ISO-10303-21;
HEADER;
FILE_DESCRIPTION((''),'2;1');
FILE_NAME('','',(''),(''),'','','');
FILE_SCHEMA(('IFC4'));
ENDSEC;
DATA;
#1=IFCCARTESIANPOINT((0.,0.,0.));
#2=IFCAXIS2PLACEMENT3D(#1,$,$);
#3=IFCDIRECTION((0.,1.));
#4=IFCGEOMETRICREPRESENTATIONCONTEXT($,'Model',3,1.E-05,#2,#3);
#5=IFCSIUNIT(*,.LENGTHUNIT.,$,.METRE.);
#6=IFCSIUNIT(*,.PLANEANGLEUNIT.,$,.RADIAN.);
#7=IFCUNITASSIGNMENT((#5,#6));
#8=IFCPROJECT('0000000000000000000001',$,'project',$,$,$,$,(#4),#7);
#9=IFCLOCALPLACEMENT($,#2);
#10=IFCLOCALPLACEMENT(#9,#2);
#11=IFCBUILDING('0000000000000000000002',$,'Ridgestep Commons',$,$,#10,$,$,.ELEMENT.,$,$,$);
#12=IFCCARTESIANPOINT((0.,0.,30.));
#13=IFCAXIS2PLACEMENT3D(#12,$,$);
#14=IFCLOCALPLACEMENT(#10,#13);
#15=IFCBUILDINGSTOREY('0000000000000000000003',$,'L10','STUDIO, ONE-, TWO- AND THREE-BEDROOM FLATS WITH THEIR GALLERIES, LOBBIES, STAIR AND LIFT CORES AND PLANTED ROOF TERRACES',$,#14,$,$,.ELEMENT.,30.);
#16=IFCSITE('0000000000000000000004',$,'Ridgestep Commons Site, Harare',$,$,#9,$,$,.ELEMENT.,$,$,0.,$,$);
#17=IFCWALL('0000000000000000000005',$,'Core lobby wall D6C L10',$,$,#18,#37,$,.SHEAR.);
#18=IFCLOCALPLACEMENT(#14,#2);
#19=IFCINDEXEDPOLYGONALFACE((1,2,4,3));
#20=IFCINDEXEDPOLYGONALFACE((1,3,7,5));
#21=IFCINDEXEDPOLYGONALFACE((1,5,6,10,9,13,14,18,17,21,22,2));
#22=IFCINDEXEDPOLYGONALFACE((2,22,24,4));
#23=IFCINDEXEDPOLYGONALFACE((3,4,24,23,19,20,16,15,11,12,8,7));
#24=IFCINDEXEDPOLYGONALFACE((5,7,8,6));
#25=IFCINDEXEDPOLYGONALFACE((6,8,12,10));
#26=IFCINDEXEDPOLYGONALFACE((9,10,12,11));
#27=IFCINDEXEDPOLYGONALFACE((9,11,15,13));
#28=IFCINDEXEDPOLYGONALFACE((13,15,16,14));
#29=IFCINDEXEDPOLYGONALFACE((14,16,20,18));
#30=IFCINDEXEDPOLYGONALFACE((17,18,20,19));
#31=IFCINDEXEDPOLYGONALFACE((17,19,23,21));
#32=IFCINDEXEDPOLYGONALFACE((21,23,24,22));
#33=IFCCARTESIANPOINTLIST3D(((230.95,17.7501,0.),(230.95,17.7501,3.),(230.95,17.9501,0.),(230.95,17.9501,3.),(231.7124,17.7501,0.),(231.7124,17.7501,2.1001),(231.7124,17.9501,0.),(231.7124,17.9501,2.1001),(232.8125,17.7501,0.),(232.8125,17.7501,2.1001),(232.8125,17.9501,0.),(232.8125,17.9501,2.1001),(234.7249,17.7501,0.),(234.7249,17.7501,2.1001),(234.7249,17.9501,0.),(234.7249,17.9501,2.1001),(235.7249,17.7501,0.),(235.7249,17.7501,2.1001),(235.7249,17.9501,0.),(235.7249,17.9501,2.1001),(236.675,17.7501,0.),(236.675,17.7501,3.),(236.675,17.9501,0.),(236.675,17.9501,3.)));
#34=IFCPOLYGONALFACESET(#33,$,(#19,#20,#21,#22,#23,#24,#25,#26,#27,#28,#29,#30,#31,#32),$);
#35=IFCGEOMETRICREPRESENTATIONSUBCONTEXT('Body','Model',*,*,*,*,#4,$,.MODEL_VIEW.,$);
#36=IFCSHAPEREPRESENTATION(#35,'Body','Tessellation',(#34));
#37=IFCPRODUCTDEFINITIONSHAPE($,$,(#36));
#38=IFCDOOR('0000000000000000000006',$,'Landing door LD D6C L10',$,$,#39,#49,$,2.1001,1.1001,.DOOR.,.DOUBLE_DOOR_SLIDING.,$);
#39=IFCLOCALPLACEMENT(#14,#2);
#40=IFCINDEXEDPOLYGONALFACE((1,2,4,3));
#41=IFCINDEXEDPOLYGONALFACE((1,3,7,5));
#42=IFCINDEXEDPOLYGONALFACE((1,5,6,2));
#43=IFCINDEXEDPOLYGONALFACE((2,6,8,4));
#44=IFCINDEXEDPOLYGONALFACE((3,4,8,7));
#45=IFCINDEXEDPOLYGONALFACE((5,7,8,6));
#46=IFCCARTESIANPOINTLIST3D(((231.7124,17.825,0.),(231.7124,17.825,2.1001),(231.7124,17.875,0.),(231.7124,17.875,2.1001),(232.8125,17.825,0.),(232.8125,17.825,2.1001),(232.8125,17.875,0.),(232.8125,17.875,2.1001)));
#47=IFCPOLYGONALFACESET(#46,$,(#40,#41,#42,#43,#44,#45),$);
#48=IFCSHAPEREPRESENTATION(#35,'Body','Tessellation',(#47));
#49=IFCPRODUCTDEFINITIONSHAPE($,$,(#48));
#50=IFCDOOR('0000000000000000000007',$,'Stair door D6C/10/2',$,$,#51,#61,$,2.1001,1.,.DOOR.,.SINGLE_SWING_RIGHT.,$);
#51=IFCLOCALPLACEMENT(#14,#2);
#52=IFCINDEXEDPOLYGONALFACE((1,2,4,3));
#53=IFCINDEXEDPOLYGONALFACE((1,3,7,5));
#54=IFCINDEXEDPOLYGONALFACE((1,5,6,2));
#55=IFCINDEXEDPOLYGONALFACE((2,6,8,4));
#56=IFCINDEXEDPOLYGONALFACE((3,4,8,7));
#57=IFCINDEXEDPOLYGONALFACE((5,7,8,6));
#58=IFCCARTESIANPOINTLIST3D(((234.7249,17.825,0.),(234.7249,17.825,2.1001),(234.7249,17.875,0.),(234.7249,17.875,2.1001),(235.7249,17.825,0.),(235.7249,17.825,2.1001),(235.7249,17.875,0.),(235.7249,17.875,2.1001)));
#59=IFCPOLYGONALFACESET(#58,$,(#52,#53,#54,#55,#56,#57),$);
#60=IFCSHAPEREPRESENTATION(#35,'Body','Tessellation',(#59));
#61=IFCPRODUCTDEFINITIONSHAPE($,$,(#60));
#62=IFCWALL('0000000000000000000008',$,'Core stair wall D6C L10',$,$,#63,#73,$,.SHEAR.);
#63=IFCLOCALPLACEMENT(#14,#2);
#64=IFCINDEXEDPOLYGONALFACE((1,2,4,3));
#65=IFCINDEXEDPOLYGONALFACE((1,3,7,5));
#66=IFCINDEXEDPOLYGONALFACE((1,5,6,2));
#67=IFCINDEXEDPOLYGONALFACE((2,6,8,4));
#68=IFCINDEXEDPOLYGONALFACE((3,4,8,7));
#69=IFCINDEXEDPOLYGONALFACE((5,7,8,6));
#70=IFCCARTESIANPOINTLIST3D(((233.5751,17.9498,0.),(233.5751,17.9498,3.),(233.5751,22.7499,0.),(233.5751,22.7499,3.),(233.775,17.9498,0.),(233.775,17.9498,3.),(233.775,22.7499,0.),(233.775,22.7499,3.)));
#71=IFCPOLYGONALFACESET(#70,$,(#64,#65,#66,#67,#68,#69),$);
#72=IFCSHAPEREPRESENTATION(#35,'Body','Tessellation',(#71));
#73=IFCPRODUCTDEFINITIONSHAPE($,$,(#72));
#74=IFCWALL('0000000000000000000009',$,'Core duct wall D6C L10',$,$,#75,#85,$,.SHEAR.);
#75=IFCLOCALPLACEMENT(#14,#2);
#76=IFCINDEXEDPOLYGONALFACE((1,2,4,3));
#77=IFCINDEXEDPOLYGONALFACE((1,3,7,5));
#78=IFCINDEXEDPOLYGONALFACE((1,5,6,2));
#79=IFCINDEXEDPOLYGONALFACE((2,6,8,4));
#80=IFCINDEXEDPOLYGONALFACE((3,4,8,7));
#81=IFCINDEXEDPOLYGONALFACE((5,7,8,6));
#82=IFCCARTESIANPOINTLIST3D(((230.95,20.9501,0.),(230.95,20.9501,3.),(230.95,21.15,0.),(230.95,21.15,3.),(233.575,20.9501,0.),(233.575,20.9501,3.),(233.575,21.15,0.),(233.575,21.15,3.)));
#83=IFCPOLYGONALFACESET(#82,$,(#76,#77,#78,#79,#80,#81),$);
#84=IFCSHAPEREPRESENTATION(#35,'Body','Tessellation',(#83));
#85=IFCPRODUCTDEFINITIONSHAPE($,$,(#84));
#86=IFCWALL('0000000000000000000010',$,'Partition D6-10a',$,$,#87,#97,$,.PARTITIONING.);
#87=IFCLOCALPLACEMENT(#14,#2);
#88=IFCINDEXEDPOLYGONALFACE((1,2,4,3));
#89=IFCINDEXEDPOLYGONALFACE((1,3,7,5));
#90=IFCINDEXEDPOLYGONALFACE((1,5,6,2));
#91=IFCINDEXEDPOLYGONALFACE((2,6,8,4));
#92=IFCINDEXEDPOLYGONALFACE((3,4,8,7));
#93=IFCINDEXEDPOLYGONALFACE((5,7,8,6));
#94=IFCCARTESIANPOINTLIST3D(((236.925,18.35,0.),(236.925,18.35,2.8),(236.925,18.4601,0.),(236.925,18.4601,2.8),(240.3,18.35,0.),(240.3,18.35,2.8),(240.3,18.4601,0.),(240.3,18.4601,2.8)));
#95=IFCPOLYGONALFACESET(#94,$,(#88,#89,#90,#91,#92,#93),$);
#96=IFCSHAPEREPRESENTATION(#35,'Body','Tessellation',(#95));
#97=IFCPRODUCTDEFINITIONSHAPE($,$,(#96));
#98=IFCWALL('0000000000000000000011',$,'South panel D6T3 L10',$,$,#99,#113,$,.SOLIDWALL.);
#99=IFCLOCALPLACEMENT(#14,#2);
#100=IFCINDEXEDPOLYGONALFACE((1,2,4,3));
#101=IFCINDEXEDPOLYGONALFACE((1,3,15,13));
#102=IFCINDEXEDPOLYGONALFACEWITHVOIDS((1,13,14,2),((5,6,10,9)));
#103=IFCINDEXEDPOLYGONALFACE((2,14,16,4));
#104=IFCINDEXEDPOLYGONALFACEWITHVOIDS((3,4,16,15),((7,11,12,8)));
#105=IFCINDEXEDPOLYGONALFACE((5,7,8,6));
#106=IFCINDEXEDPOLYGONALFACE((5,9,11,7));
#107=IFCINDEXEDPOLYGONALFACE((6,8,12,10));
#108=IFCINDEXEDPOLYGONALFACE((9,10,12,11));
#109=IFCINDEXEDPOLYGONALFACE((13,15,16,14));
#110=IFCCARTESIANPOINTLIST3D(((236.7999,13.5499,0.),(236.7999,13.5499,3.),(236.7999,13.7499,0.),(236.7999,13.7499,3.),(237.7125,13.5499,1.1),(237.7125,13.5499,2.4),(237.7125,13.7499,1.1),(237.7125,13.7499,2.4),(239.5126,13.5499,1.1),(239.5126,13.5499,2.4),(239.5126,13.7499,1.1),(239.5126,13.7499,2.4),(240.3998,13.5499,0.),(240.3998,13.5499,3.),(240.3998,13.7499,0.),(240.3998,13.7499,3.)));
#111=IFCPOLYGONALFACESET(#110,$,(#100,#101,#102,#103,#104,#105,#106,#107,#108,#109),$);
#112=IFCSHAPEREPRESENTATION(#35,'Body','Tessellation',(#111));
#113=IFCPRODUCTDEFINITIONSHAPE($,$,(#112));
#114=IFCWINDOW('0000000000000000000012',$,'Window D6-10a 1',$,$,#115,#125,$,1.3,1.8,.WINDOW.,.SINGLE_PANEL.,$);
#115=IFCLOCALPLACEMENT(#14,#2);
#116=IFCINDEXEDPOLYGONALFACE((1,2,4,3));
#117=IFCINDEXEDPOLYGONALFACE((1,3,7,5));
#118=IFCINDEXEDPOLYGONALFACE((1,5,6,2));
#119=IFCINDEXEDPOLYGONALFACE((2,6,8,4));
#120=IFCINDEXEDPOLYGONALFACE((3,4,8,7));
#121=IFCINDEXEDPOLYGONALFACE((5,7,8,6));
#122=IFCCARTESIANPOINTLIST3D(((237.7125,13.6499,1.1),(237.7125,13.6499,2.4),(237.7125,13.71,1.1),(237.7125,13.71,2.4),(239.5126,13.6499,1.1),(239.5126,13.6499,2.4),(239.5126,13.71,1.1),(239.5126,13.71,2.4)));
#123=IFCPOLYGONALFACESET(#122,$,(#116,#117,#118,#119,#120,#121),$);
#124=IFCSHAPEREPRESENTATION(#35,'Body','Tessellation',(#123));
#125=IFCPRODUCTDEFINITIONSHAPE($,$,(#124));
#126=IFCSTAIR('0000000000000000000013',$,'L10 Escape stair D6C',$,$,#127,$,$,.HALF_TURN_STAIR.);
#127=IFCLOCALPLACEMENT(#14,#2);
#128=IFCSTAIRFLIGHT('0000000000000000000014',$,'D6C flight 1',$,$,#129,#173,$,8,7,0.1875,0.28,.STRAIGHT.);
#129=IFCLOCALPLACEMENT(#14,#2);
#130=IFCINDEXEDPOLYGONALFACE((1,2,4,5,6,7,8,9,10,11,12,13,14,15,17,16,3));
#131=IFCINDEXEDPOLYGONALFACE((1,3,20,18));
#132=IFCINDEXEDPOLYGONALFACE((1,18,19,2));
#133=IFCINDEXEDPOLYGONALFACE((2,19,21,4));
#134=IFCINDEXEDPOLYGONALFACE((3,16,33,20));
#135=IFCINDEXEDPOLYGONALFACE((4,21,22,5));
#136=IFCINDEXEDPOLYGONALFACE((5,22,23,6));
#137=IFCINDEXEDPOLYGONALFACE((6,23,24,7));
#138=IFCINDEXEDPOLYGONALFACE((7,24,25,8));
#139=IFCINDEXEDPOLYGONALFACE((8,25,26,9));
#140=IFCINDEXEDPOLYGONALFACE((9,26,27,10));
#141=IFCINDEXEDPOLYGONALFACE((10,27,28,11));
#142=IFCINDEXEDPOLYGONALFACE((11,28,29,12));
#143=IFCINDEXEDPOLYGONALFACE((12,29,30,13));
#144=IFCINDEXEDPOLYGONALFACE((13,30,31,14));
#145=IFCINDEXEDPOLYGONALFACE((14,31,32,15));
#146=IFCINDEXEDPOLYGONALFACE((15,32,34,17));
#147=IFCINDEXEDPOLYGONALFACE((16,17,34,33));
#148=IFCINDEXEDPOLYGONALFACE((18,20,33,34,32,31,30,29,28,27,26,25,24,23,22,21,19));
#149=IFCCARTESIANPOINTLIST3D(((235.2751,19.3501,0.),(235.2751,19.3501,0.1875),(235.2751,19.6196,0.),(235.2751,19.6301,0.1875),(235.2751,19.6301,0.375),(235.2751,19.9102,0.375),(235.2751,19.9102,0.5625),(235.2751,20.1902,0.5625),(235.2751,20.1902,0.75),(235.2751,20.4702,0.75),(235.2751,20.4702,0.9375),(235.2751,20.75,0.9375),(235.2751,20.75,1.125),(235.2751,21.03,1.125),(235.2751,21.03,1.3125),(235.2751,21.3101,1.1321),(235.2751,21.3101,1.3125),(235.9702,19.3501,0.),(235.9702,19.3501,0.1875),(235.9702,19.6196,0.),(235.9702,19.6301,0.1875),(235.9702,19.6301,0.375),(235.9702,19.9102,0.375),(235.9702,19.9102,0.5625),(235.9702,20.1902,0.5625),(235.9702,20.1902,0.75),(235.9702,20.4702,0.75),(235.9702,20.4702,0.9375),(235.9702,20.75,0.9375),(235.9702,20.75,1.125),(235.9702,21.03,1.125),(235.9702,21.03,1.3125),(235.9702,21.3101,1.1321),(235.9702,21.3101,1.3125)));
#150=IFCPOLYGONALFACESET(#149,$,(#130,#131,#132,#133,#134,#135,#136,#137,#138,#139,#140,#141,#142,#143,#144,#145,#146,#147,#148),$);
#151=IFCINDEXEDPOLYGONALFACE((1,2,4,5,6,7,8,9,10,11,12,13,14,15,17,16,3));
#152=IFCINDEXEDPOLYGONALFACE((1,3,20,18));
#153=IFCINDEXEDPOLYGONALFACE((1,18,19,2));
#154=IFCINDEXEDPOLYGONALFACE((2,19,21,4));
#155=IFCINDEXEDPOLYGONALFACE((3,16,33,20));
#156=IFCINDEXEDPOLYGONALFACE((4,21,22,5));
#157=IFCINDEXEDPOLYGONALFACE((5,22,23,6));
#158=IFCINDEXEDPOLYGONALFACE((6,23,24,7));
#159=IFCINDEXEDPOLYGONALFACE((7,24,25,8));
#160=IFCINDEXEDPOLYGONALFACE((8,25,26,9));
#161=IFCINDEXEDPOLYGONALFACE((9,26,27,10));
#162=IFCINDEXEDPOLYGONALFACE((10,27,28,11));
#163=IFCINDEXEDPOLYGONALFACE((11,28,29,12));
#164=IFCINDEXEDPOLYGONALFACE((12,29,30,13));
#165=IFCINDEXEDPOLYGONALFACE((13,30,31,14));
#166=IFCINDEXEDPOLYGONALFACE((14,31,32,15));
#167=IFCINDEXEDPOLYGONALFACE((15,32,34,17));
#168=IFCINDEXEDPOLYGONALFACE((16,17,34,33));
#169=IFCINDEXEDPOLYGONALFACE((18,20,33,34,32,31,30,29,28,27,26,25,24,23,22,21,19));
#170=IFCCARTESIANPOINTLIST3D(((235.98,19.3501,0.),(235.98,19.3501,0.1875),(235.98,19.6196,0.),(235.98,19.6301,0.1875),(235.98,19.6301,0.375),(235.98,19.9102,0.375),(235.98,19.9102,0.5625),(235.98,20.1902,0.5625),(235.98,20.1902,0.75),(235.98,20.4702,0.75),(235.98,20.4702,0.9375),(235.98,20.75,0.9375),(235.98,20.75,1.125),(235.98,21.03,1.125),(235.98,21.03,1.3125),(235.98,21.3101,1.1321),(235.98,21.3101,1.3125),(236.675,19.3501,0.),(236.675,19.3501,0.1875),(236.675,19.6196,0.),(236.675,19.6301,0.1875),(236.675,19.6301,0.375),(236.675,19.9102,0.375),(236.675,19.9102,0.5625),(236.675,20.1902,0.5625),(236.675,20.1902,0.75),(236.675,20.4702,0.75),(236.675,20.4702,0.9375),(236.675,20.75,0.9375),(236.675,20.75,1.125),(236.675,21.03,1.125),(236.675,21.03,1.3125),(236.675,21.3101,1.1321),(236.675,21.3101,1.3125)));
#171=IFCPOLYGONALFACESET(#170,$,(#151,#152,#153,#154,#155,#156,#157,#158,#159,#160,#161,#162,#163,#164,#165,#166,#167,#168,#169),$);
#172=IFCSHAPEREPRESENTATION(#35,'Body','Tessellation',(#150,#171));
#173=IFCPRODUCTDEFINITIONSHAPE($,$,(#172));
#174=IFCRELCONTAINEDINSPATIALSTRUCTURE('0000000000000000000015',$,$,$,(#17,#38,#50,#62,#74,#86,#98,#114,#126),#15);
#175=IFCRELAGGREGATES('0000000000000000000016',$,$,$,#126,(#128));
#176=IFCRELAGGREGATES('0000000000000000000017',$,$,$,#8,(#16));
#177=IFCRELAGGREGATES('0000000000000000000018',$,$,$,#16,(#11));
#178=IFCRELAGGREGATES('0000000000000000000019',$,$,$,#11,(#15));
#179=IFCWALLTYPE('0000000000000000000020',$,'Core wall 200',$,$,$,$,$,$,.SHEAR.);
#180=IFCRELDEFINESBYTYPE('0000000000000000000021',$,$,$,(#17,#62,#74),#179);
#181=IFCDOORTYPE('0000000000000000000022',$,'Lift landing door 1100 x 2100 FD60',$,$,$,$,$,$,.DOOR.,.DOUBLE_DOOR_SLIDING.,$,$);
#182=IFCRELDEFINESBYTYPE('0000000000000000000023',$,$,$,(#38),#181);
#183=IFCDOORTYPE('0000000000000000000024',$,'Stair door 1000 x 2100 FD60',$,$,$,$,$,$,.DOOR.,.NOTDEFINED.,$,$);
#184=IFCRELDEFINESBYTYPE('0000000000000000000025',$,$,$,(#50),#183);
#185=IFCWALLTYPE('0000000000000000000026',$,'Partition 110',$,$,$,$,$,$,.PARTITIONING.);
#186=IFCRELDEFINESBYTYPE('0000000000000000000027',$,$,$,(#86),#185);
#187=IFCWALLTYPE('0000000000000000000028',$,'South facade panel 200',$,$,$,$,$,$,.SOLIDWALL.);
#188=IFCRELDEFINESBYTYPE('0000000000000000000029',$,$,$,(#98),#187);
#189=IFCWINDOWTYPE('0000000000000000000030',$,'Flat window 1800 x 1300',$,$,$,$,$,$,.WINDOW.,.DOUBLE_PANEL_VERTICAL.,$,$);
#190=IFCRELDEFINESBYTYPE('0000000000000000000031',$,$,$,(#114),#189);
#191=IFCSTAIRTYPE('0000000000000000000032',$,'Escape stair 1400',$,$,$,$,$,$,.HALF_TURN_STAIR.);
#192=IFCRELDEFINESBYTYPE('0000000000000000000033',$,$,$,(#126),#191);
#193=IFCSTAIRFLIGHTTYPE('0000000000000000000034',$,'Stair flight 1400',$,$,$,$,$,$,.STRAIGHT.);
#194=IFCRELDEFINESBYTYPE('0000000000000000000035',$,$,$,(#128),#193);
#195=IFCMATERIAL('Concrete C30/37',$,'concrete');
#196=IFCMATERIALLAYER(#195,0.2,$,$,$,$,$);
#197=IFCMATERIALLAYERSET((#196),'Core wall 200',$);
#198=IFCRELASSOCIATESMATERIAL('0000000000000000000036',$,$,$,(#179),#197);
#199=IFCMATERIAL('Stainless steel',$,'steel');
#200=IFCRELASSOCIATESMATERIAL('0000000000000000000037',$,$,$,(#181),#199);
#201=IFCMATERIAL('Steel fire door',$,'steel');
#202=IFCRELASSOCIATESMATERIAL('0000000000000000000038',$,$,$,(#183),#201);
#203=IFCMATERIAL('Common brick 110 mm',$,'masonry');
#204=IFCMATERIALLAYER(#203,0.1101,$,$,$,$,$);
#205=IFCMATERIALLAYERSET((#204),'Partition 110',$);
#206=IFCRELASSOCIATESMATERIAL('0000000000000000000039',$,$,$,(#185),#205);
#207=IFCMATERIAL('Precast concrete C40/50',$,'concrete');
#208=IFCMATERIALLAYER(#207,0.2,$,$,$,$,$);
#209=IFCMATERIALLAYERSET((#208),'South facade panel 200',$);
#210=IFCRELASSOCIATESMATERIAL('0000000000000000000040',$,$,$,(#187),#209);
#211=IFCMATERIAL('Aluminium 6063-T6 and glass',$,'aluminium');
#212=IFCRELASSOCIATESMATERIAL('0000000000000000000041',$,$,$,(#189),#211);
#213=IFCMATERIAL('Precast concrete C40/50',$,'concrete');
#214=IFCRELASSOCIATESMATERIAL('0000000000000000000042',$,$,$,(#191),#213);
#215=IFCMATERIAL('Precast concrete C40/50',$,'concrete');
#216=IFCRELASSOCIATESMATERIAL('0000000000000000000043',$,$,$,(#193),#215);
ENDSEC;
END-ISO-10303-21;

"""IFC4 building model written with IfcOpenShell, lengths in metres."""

from ifc_helpers import new_model, si_unit, direction, frame, frame_2d, origin, place, context, subcontext, project, spatial, polyline, rectangle, outline, extrude, material, layer, layer_set, type_object, element, fill, aggregate, save


model = new_model("IFC4")

# Units and contexts
model_context = context("Model", 3, precision=1e-05, world=origin(), true_north=direction((0.0, 1.0)))
body_context = subcontext(model_context, "Body", "Model", "MODEL_VIEW")
ifc_project = project(units=[si_unit("LENGTHUNIT", "METRE"), si_unit("PLANEANGLEUNIT", "RADIAN")], contexts=[model_context])

# Site, building, storey
site_placement = place(None, origin())
site = spatial("IfcSite", under=ifc_project, at=site_placement, Name="Ridgestep Commons Site, Harare", CompositionType="ELEMENT", RefElevation=0.0)
building_placement = place(site_placement, origin())
building = spatial("IfcBuilding", under=site, at=building_placement, Name="Ridgestep Commons", CompositionType="ELEMENT")
storey_placement = place(building_placement, frame((0.0, 0.0, 30.0)))
storey = spatial("IfcBuildingStorey", under=building, at=storey_placement, Name="L10", Description="STUDIO, ONE-, TWO- AND THREE-BEDROOM FLATS WITH THEIR GALLERIES, LOBBIES, STAIR AND LIFT CORES AND PLANTED ROOF TERRACES", CompositionType="ELEMENT", Elevation=30.0)

# Wall, openings, doors
ifc_material_1 = material(Name="Concrete C30/37", Category="concrete")
ifc_layer_1 = layer(ifc_material_1, 0.2)
ifc_layer_set_1 = layer_set([ifc_layer_1], Name="Core wall 200")
wall_type_1 = type_object("IfcWallType", Name="Core wall 200", PredefinedType="SHEAR", material=ifc_layer_set_1)
wall_1_placement = place(storey_placement, frame((230.95, 17.8501, 0.0), z_axis=(0.0, 0.0, 1.0), x_axis=(1.0, 0.0, 0.0)))
wall_1 = element("IfcWall", 1, at=wall_1_placement, inside=storey, type_object=wall_type_1, Name="Core lobby wall D6C L10", PredefinedType="SHEAR", context=body_context, shape_type="SweptSolid", body=[
    extrude(rectangle(XDim=5.7251, YDim=0.2, at=frame_2d((2.8625, 0.0))), origin(), (0.0, 0.0, 1.0), 3.0),
])
opening_1_placement = place(wall_1_placement, frame((3.7749, 0.0, 0.0)))
opening_1 = element("IfcOpeningElement", 2, at=opening_1_placement, cuts=wall_1, PredefinedType="OPENING", context=body_context, shape_type="SweptSolid", body=[
    extrude(rectangle(XDim=1.0, YDim=2.1001, at=frame_2d((0.5, 1.05))), frame((0.0, 0.1099, 0.0), z_axis=(0.0, -1.0, 0.0), x_axis=(1.0, 0.0, 0.0)), (0.0, 0.0, 1.0), 0.22),
])
opening_2_placement = place(wall_1_placement, frame((0.7625, 0.0, 0.0)))
opening_2 = element("IfcOpeningElement", 3, at=opening_2_placement, cuts=wall_1, PredefinedType="OPENING", context=body_context, shape_type="SweptSolid", body=[
    extrude(rectangle(XDim=1.1001, YDim=2.1001, at=frame_2d((0.55, 1.05))), frame((0.0, 0.1099, 0.0), z_axis=(0.0, -1.0, 0.0), x_axis=(1.0, 0.0, 0.0)), (0.0, 0.0, 1.0), 0.22),
])
ifc_material_2 = material(Name="Stainless steel", Category="steel")
door_type_1 = type_object("IfcDoorType", Name="Lift landing door 1100 x 2100 FD60", OperationType="DOUBLE_DOOR_SLIDING", PredefinedType="DOOR", material=ifc_material_2)
door_1_placement = place(opening_2_placement, origin())
door_1 = element("IfcDoor", 4, at=door_1_placement, inside=storey, type_object=door_type_1, Name="Landing door LD D6C L10", OperationType="DOUBLE_DOOR_SLIDING", OverallHeight=2.1001, OverallWidth=1.1001, PredefinedType="DOOR", context=body_context, shape_type="SweptSolid", body=[
    extrude(rectangle(XDim=1.1001, YDim=2.1001, at=frame_2d((0.55, 1.05))), frame((0.0, 0.0249, 0.0), z_axis=(0.0, -1.0, 0.0), x_axis=(1.0, 0.0, 0.0)), (0.0, 0.0, 1.0), 0.05),
])
fill(opening_2, door_1)
ifc_material_3 = material(Name="Steel fire door", Category="steel")
door_type_2 = type_object("IfcDoorType", Name="Stair door 1000 x 2100 FD60", OperationType="NOTDEFINED", PredefinedType="DOOR", material=ifc_material_3)
door_2_placement = place(opening_1_placement, origin())
door_2 = element("IfcDoor", 5, at=door_2_placement, inside=storey, type_object=door_type_2, Name="Stair door D6C/10/2", OperationType="SINGLE_SWING_RIGHT", OverallHeight=2.1001, OverallWidth=1.0, PredefinedType="DOOR", context=body_context, shape_type="SweptSolid", body=[
    extrude(rectangle(XDim=1.0, YDim=2.1001, at=frame_2d((0.5, 1.05))), frame((0.0, 0.0249, 0.0), z_axis=(0.0, -1.0, 0.0), x_axis=(1.0, 0.0, 0.0)), (0.0, 0.0, 1.0), 0.05),
])
fill(opening_1, door_2)

# Walls
wall_2_placement = place(storey_placement, frame((233.675, 17.95, 0.0), z_axis=(0.0, 0.0, 1.0), x_axis=(0.0, 1.0, 0.0)))
element("IfcWall", 6, at=wall_2_placement, inside=storey, type_object=wall_type_1, Name="Core stair wall D6C L10", PredefinedType="SHEAR", context=body_context, shape_type="SweptSolid", body=[
    extrude(rectangle(XDim=4.8, YDim=0.2, at=frame_2d((2.3999, 0.0))), origin(), (0.0, 0.0, 1.0), 3.0),
])
wall_3_placement = place(storey_placement, frame((230.95, 21.05, 0.0), z_axis=(0.0, 0.0, 1.0), x_axis=(1.0, 0.0, 0.0)))
element("IfcWall", 7, at=wall_3_placement, inside=storey, type_object=wall_type_1, Name="Core duct wall D6C L10", PredefinedType="SHEAR", context=body_context, shape_type="SweptSolid", body=[
    extrude(rectangle(XDim=2.625, YDim=0.2, at=frame_2d((1.3125, 0.0))), origin(), (0.0, 0.0, 1.0), 3.0),
])
ifc_material_4 = material(Name="Common brick 110 mm", Category="masonry")
ifc_layer_2 = layer(ifc_material_4, 0.1101)
ifc_layer_set_2 = layer_set([ifc_layer_2], Name="Partition 110")
wall_type_2 = type_object("IfcWallType", Name="Partition 110", PredefinedType="PARTITIONING", material=ifc_layer_set_2)
wall_4_placement = place(storey_placement, frame((236.925, 18.405, 0.0), z_axis=(0.0, 0.0, 1.0), x_axis=(1.0, 0.0, 0.0)))
element("IfcWall", 8, at=wall_4_placement, inside=storey, type_object=wall_type_2, Name="Partition D6-10a", PredefinedType="PARTITIONING", context=body_context, shape_type="SweptSolid", body=[
    extrude(rectangle(XDim=3.375, YDim=0.1101, at=frame_2d((1.6875, 0.0))), origin(), (0.0, 0.0, 1.0), 2.8),
])

# Wall, opening, window
ifc_material_5 = material(Name="Precast concrete C40/50", Category="concrete")
ifc_layer_3 = layer(ifc_material_5, 0.2)
ifc_layer_set_3 = layer_set([ifc_layer_3], Name="South facade panel 200")
wall_type_3 = type_object("IfcWallType", Name="South facade panel 200", PredefinedType="SOLIDWALL", material=ifc_layer_set_3)
wall_5_placement = place(storey_placement, frame((236.8, 13.6499, 0.0), z_axis=(0.0, 0.0, 1.0), x_axis=(1.0, 0.0, 0.0)))
wall_5 = element("IfcWall", 9, at=wall_5_placement, inside=storey, type_object=wall_type_3, Name="South panel D6T3 L10", PredefinedType="SOLIDWALL", context=body_context, shape_type="SweptSolid", body=[
    extrude(rectangle(XDim=3.5999, YDim=0.2, at=frame_2d((1.7998, 0.0))), origin(), (0.0, 0.0, 1.0), 3.0),
])
opening_3_placement = place(wall_5_placement, frame((0.9126, 0.0, 1.1001)))
opening_3 = element("IfcOpeningElement", 10, at=opening_3_placement, cuts=wall_5, PredefinedType="OPENING", context=body_context, shape_type="SweptSolid", body=[
    extrude(rectangle(XDim=1.8, YDim=1.3, at=frame_2d((0.8999, 0.6499))), frame((0.0, 0.1099, 0.0), z_axis=(0.0, -1.0, 0.0), x_axis=(1.0, 0.0, 0.0)), (0.0, 0.0, 1.0), 0.22),
])
ifc_material_6 = material(Name="Aluminium 6063-T6 and glass", Category="aluminium")
window_type = type_object("IfcWindowType", Name="Flat window 1800 x 1300", PartitioningType="DOUBLE_PANEL_VERTICAL", PredefinedType="WINDOW", material=ifc_material_6)
window_placement = place(opening_3_placement, origin())
window = element("IfcWindow", 11, at=window_placement, inside=storey, type_object=window_type, Name="Window D6-10a 1", OverallHeight=1.3, OverallWidth=1.8, PartitioningType="SINGLE_PANEL", PredefinedType="WINDOW", context=body_context, shape_type="SweptSolid", body=[
    extrude(rectangle(XDim=1.8, YDim=1.3, at=frame_2d((0.8999, 0.6499))), frame((0.0, 0.0601, 0.0), z_axis=(0.0, -1.0, 0.0), x_axis=(1.0, 0.0, 0.0)), (0.0, 0.0, 1.0), 0.0601),
])
fill(opening_3, window)

# Stair, stair flight
ifc_material_7 = material(Name="Precast concrete C40/50", Category="concrete")
stair_type = type_object("IfcStairType", Name="Escape stair 1400", PredefinedType="HALF_TURN_STAIR", material=ifc_material_7)
stair_placement = place(storey_placement, origin())
stair = element("IfcStair", 12, at=stair_placement, inside=storey, type_object=stair_type, Name="L10 Escape stair D6C", PredefinedType="HALF_TURN_STAIR")
ifc_material_8 = material(Name="Precast concrete C40/50", Category="concrete")
stair_flight_type = type_object("IfcStairFlightType", Name="Stair flight 1400", PredefinedType="STRAIGHT", material=ifc_material_8)
stair_flight_1_placement = place(storey_placement, frame((235.9751, 19.3501, 0.0), z_axis=(0.0, 0.0, 1.0), x_axis=(0.0, 1.0, 0.0)))
stair_flight_1 = element("IfcStairFlight", 13, at=stair_flight_1_placement, type_object=stair_flight_type, Name="D6C flight 1", NumberOfRisers=8, NumberOfTreads=7, PredefinedType="STRAIGHT", RiserHeight=0.1875, TreadLength=0.28, context=body_context, shape_type="SweptSolid", body=[
    extrude(outline(polyline([(0.0, 0.0), (0.0, 0.1875), (0.28, 0.1875), (0.28, 0.375), (0.5601, 0.375), (0.5601, 0.5625), (0.8401, 0.5625), (0.8401, 0.75), (1.1201, 0.75), (1.1201, 0.9375), (1.3999, 0.9375), (1.3999, 1.125), (1.6799, 1.125), (1.6799, 1.3125), (1.96, 1.3125), (1.96, 1.5), (1.96, 1.1321), (0.2695, 0.0), (0.0, 0.0)])), frame((0.0, 0.7, 0.0), z_axis=(0.0, -1.0, 0.0), x_axis=(1.0, 0.0, 0.0)), (0.0, 0.0, 1.0), 0.6951),
    extrude(outline(polyline([(0.0, 0.0), (0.0, 0.1875), (0.28, 0.1875), (0.28, 0.375), (0.5601, 0.375), (0.5601, 0.5625), (0.8401, 0.5625), (0.8401, 0.75), (1.1201, 0.75), (1.1201, 0.9375), (1.3999, 0.9375), (1.3999, 1.125), (1.6799, 1.125), (1.6799, 1.3125), (1.96, 1.3125), (1.96, 1.5), (1.96, 1.1321), (0.2695, 0.0), (0.0, 0.0)])), frame((0.0, -0.0049, 0.0), z_axis=(0.0, -1.0, 0.0), x_axis=(1.0, 0.0, 0.0)), (0.0, 0.0, 1.0), 0.6951),
])
aggregate(stair, [stair_flight_1])

save(model, "model.ifc")
